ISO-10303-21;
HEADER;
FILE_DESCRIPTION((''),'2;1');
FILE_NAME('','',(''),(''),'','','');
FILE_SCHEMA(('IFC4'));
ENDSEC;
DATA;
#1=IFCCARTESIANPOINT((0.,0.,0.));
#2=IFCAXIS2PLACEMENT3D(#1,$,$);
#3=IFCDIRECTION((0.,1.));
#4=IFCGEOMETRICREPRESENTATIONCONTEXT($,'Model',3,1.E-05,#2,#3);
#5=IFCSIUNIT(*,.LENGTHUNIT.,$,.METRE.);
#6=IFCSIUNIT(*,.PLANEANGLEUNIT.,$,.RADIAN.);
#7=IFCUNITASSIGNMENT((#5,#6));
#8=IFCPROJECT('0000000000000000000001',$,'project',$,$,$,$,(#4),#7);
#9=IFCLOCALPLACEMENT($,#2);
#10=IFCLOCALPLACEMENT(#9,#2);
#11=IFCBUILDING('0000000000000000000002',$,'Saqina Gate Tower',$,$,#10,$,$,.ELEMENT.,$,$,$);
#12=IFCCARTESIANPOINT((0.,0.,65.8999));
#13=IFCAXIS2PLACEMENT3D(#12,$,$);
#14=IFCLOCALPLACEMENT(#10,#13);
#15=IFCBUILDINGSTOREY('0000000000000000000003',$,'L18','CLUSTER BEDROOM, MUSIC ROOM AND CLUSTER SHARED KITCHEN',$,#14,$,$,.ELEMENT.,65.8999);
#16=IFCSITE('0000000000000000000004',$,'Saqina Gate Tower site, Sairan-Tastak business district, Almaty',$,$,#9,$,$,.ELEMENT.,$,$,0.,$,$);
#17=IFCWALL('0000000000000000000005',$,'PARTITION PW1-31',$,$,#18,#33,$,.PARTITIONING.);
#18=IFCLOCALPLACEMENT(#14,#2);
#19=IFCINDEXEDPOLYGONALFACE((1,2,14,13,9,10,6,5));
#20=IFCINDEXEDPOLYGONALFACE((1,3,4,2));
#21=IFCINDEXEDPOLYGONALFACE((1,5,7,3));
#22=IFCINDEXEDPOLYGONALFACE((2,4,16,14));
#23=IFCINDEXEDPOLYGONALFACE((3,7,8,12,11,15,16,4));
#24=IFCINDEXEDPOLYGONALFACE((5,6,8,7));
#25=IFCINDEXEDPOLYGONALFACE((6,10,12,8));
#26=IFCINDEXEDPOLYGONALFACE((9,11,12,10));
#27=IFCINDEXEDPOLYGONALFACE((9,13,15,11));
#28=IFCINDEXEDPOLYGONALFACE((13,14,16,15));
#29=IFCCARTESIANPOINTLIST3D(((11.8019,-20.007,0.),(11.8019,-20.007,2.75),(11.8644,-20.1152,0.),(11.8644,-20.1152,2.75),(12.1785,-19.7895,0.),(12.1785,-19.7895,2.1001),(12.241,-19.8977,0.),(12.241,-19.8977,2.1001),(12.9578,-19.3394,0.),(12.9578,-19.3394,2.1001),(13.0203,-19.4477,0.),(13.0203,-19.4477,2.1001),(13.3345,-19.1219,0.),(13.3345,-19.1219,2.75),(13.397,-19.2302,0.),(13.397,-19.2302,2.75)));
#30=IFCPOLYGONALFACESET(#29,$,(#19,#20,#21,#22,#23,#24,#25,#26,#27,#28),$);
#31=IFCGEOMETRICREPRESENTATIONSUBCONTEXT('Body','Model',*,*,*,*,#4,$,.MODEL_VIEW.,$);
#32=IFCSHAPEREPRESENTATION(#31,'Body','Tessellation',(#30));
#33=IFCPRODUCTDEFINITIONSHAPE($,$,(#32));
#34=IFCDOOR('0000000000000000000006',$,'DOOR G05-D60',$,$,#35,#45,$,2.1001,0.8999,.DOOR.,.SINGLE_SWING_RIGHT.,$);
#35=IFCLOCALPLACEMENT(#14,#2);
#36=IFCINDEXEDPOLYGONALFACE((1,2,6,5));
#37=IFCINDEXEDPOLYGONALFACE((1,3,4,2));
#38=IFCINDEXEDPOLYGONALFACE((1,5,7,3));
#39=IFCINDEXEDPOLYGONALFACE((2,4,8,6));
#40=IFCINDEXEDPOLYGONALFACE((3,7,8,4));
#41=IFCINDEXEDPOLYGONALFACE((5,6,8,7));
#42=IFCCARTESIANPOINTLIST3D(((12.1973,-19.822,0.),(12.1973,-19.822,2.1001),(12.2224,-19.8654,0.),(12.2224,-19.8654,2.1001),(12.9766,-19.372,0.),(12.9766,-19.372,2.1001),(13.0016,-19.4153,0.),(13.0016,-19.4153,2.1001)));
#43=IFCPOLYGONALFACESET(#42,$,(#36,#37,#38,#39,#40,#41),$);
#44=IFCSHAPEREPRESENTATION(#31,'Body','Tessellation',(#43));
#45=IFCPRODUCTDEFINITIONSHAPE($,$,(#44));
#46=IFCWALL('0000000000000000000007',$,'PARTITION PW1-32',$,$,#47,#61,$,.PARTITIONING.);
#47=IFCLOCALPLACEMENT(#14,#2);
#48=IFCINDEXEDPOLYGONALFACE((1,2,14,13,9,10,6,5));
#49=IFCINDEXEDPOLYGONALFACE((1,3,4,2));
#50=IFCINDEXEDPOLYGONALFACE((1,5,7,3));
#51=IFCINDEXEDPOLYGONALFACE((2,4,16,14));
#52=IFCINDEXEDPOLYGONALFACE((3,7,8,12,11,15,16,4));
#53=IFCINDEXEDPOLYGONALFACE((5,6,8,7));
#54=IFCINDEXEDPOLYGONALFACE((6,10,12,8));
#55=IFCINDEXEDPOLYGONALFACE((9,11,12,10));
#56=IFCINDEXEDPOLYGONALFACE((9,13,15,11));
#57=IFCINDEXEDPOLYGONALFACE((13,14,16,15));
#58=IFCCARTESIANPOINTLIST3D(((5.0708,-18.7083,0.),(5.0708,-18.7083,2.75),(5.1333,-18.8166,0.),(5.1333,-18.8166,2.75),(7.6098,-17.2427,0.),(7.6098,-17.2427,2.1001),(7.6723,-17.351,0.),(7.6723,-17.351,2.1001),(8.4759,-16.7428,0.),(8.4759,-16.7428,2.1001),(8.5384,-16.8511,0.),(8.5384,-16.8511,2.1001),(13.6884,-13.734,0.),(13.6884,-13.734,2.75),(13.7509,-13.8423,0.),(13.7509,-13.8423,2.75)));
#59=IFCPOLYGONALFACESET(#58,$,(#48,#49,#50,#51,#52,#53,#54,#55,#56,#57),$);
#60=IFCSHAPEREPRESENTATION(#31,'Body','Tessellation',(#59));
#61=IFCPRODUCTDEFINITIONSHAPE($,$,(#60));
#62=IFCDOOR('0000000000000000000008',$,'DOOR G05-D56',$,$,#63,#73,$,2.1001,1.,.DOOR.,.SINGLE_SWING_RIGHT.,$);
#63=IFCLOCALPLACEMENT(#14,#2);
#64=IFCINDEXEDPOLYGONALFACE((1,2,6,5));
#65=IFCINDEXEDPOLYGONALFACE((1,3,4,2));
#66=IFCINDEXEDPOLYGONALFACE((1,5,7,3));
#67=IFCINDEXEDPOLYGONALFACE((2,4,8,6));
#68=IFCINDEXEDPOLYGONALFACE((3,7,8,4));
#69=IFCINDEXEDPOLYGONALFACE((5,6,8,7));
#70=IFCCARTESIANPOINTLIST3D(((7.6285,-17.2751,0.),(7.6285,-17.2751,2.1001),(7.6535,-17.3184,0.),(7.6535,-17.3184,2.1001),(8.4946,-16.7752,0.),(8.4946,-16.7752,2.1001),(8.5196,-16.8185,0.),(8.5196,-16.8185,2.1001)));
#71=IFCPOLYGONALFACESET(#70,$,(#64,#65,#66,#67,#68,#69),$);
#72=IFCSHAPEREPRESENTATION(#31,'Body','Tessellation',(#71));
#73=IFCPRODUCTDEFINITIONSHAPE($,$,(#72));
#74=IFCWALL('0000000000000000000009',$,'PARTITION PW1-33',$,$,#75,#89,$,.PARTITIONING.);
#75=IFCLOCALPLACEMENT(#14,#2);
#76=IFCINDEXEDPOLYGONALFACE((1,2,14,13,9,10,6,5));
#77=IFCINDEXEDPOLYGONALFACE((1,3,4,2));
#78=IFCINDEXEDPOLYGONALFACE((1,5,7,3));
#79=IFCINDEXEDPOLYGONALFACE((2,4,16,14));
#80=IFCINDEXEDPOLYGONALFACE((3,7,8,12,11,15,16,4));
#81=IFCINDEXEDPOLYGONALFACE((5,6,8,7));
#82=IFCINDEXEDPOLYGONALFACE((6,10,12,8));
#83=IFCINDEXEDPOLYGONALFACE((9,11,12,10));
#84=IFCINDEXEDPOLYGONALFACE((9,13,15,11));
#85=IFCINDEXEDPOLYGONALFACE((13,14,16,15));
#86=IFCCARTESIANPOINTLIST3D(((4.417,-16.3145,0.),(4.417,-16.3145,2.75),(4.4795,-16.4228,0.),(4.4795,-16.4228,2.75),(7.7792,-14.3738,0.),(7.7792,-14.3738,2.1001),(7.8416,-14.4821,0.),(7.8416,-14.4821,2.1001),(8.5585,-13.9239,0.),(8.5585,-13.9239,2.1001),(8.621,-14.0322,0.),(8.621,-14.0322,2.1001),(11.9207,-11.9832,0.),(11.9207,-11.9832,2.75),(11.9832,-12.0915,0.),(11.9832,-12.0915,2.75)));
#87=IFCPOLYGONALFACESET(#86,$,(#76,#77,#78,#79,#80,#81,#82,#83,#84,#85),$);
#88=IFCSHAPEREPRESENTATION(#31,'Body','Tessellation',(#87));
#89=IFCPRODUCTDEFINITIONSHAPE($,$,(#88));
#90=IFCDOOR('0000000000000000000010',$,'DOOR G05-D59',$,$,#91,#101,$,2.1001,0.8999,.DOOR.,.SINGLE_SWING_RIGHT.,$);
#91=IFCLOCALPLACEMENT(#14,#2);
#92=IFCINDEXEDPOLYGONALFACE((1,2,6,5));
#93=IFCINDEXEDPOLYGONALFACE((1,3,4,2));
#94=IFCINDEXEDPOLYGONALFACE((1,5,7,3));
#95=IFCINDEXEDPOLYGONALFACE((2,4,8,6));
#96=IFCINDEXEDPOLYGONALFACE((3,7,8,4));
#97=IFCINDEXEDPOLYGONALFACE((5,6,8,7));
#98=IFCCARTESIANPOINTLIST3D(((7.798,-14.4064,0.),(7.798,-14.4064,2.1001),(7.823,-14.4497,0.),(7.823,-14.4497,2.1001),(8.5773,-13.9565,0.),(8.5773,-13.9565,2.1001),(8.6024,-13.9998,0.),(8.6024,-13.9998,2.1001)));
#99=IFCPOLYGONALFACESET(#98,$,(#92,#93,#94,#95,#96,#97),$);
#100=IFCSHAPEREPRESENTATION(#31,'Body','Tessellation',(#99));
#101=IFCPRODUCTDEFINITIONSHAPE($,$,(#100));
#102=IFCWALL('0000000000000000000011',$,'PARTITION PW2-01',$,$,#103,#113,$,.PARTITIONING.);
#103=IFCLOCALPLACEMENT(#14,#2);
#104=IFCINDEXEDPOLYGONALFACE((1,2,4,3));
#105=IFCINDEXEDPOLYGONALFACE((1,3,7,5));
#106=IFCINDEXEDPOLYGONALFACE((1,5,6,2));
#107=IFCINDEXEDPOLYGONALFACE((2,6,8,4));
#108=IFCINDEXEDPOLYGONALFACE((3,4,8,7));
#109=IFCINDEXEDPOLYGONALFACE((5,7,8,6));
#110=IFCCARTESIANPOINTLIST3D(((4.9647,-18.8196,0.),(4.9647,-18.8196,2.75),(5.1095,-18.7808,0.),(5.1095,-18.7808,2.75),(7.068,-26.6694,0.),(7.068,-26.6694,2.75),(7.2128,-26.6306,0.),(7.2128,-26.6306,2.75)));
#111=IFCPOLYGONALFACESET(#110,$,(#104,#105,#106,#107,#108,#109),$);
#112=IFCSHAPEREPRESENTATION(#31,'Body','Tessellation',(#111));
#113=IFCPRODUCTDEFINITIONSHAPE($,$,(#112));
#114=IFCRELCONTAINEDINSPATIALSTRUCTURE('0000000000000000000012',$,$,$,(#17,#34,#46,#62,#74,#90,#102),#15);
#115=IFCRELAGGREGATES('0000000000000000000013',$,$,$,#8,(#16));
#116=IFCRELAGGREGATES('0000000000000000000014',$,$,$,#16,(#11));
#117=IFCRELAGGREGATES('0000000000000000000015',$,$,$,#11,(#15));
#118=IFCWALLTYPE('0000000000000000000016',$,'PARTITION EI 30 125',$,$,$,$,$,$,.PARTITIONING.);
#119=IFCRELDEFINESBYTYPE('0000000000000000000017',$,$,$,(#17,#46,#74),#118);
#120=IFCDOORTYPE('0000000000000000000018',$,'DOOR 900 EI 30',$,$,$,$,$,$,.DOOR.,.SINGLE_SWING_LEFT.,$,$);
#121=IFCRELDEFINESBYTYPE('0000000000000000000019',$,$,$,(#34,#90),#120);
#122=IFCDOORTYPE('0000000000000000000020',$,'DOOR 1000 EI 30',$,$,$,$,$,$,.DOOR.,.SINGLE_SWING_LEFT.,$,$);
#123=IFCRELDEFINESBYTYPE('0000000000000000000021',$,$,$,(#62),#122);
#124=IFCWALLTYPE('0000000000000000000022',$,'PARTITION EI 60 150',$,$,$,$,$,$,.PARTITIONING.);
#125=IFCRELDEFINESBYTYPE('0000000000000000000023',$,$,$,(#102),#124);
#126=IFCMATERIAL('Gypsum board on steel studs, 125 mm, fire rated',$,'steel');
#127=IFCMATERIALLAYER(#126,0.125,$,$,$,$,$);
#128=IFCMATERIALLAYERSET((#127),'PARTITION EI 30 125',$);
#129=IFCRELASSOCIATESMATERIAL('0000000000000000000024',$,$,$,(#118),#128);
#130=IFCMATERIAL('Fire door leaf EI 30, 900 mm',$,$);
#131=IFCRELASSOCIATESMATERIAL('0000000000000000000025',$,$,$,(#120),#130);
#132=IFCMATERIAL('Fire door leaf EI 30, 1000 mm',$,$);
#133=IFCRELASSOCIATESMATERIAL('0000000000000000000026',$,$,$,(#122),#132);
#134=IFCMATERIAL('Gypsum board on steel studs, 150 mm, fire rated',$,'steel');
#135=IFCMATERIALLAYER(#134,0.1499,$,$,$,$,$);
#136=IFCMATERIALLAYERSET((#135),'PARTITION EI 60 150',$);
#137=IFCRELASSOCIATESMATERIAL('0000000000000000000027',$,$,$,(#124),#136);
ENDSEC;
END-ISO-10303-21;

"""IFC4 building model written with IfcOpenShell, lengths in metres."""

from ifc_helpers import new_model, si_unit, direction, frame, frame_2d, origin, place, context, subcontext, project, spatial, rectangle, extrude, material, layer, layer_set, type_object, element, fill, save


model = new_model("IFC4")

# Units and contexts
model_context = context("Model", 3, precision=1e-05, world=origin(), true_north=direction((0.0, 1.0)))
body_context = subcontext(model_context, "Body", "Model", "MODEL_VIEW")
ifc_project = project(units=[si_unit("LENGTHUNIT", "METRE"), si_unit("PLANEANGLEUNIT", "RADIAN")], contexts=[model_context])

# Site, building, storey
site_placement = place(None, origin())
site = spatial("IfcSite", under=ifc_project, at=site_placement, Name="Saqina Gate Tower site, Sairan-Tastak business district, Almaty", CompositionType="ELEMENT", RefElevation=0.0)
building_placement = place(site_placement, origin())
building = spatial("IfcBuilding", under=site, at=building_placement, Name="Saqina Gate Tower", CompositionType="ELEMENT")
storey_placement = place(building_placement, frame((0.0, 0.0, 65.8999)))
storey = spatial("IfcBuildingStorey", under=building, at=storey_placement, Name="L18", Description="CLUSTER BEDROOM, MUSIC ROOM AND CLUSTER SHARED KITCHEN", CompositionType="ELEMENT", Elevation=65.8999)

# Walls, openings, doors
ifc_material_1 = material(Name="Gypsum board on steel studs, 125 mm, fire rated", Category="steel")
ifc_layer_1 = layer(ifc_material_1, 0.125)
ifc_layer_set_1 = layer_set([ifc_layer_1], Name="PARTITION EI 30 125")
wall_type_1 = type_object("IfcWallType", Name="PARTITION EI 30 125", PredefinedType="PARTITIONING", material=ifc_layer_set_1)
wall_1_placement = place(storey_placement, frame((11.8333, -20.061, 0.0), z_axis=(0.0, 0.0, 1.0), x_axis=(0.865967, 0.500101, 0.0)))
wall_1 = element("IfcWall", 1, at=wall_1_placement, inside=storey, type_object=wall_type_1, Name="PARTITION PW1-31", PredefinedType="PARTITIONING", context=body_context, shape_type="SweptSolid", body=[
    extrude(rectangle(XDim=1.7698, YDim=0.125, at=frame_2d((0.8848, 0.0))), origin(), (0.0, 0.0, 1.0), 2.75),
])
opening_1_placement = place(wall_1_placement, frame((0.4348, 0.0, 0.0)))
opening_1 = element("IfcOpeningElement", 2, at=opening_1_placement, cuts=wall_1, PredefinedType="OPENING", context=body_context, shape_type="SweptSolid", body=[
    extrude(rectangle(XDim=0.8999, YDim=2.1001, at=frame_2d((0.45, 1.05))), frame((0.0, 0.0745, 0.0), z_axis=(0.0, -1.0, 0.0), x_axis=(1.0, 0.0, 0.0)), (0.0, 0.0, 1.0), 0.1489),
])
ifc_material_2 = material(Name="Fire door leaf EI 30, 900 mm")
door_type_1 = type_object("IfcDoorType", Name="DOOR 900 EI 30", OperationType="SINGLE_SWING_LEFT", PredefinedType="DOOR", material=ifc_material_2)
door_1_placement = place(opening_1_placement, origin())
door_1 = element("IfcDoor", 3, at=door_1_placement, inside=storey, type_object=door_type_1, Name="DOOR G05-D60", OperationType="SINGLE_SWING_RIGHT", OverallHeight=2.1001, OverallWidth=0.8999, PredefinedType="DOOR", context=body_context, shape_type="SweptSolid", body=[
    extrude(rectangle(XDim=0.8999, YDim=2.1001, at=frame_2d((0.45, 1.05))), frame((0.0, 0.0249, 0.0), z_axis=(0.0, -1.0, 0.0), x_axis=(1.0, 0.0, 0.0)), (0.0, 0.0, 1.0), 0.05),
])
fill(opening_1, door_1)
wall_2_placement = place(storey_placement, frame((5.1021, -18.7625, 0.0), z_axis=(0.0, 0.0, 1.0), x_axis=(0.866071, 0.499921, 0.0)))
wall_2 = element("IfcWall", 4, at=wall_2_placement, inside=storey, type_object=wall_type_1, Name="PARTITION PW1-32", PredefinedType="PARTITIONING", context=body_context, shape_type="SweptSolid", body=[
    extrude(rectangle(XDim=9.9502, YDim=0.125, at=frame_2d((4.9751, 0.0))), origin(), (0.0, 0.0, 1.0), 2.75),
])
opening_2_placement = place(wall_2_placement, frame((2.9316, 0.0, 0.0)))
opening_2 = element("IfcOpeningElement", 5, at=opening_2_placement, cuts=wall_2, PredefinedType="OPENING", context=body_context, shape_type="SweptSolid", body=[
    extrude(rectangle(XDim=1.0, YDim=2.1001, at=frame_2d((0.5, 1.05))), frame((0.0, 0.0745, 0.0), z_axis=(0.0, -1.0, 0.0), x_axis=(1.0, 0.0, 0.0)), (0.0, 0.0, 1.0), 0.1489),
])
ifc_material_3 = material(Name="Fire door leaf EI 30, 1000 mm")
door_type_2 = type_object("IfcDoorType", Name="DOOR 1000 EI 30", OperationType="SINGLE_SWING_LEFT", PredefinedType="DOOR", material=ifc_material_3)
door_2_placement = place(opening_2_placement, frame((1.0, 0.0, 0.0), z_axis=(0.0, 0.0, 1.0), x_axis=(-1.0, 0.0, 0.0)))
door_2 = element("IfcDoor", 6, at=door_2_placement, inside=storey, type_object=door_type_2, Name="DOOR G05-D56", OperationType="SINGLE_SWING_RIGHT", OverallHeight=2.1001, OverallWidth=1.0, PredefinedType="DOOR", context=body_context, shape_type="SweptSolid", body=[
    extrude(rectangle(XDim=1.0, YDim=2.1001, at=frame_2d((0.5, 1.05))), frame((0.0, 0.0249, 0.0), z_axis=(0.0, -1.0, 0.0), x_axis=(1.0, 0.0, 0.0)), (0.0, 0.0, 1.0), 0.05),
])
fill(opening_2, door_2)
wall_3_placement = place(storey_placement, frame((4.4482, -16.3687, 0.0), z_axis=(0.0, 0.0, 1.0), x_axis=(0.866073, 0.499918, 0.0)))
wall_3 = element("IfcWall", 7, at=wall_3_placement, inside=storey, type_object=wall_type_1, Name="PARTITION PW1-33", PredefinedType="PARTITIONING", context=body_context, shape_type="SweptSolid", body=[
    extrude(rectangle(XDim=8.6641, YDim=0.125, at=frame_2d((4.332, 0.0))), origin(), (0.0, 0.0, 1.0), 2.75),
])
opening_3_placement = place(wall_3_placement, frame((3.8821, 0.0, 0.0)))
opening_3 = element("IfcOpeningElement", 8, at=opening_3_placement, cuts=wall_3, PredefinedType="OPENING", context=body_context, shape_type="SweptSolid", body=[
    extrude(rectangle(XDim=0.8999, YDim=2.1001, at=frame_2d((0.45, 1.05))), frame((0.0, 0.0745, 0.0), z_axis=(0.0, -1.0, 0.0), x_axis=(1.0, 0.0, 0.0)), (0.0, 0.0, 1.0), 0.1489),
])
door_3_placement = place(opening_3_placement, origin())
door_3 = element("IfcDoor", 9, at=door_3_placement, inside=storey, type_object=door_type_1, Name="DOOR G05-D59", OperationType="SINGLE_SWING_RIGHT", OverallHeight=2.1001, OverallWidth=0.8999, PredefinedType="DOOR", context=body_context, shape_type="SweptSolid", body=[
    extrude(rectangle(XDim=0.8999, YDim=2.1001, at=frame_2d((0.45, 1.05))), frame((0.0, 0.0249, 0.0), z_axis=(0.0, -1.0, 0.0), x_axis=(1.0, 0.0, 0.0)), (0.0, 0.0, 1.0), 0.05),
])
fill(opening_3, door_3)

# Wall
ifc_material_4 = material(Name="Gypsum board on steel studs, 150 mm, fire rated", Category="steel")
ifc_layer_2 = layer(ifc_material_4, 0.1499)
ifc_layer_set_2 = layer_set([ifc_layer_2], Name="PARTITION EI 60 150")
wall_type_2 = type_object("IfcWallType", Name="PARTITION EI 60 150", PredefinedType="PARTITIONING", material=ifc_layer_set_2)
wall_4_placement = place(storey_placement, frame((5.0371, -18.8, 0.0), z_axis=(0.0, 0.0, 1.0), x_axis=(0.258809, -0.965929, 0.0)))
element("IfcWall", 10, at=wall_4_placement, inside=storey, type_object=wall_type_2, Name="PARTITION PW2-01", PredefinedType="PARTITIONING", context=body_context, shape_type="SweptSolid", body=[
    extrude(rectangle(XDim=8.1267, YDim=0.1499, at=frame_2d((4.0635, 0.0))), origin(), (0.0, 0.0, 1.0), 2.75),
])

save(model, "model.ifc")
